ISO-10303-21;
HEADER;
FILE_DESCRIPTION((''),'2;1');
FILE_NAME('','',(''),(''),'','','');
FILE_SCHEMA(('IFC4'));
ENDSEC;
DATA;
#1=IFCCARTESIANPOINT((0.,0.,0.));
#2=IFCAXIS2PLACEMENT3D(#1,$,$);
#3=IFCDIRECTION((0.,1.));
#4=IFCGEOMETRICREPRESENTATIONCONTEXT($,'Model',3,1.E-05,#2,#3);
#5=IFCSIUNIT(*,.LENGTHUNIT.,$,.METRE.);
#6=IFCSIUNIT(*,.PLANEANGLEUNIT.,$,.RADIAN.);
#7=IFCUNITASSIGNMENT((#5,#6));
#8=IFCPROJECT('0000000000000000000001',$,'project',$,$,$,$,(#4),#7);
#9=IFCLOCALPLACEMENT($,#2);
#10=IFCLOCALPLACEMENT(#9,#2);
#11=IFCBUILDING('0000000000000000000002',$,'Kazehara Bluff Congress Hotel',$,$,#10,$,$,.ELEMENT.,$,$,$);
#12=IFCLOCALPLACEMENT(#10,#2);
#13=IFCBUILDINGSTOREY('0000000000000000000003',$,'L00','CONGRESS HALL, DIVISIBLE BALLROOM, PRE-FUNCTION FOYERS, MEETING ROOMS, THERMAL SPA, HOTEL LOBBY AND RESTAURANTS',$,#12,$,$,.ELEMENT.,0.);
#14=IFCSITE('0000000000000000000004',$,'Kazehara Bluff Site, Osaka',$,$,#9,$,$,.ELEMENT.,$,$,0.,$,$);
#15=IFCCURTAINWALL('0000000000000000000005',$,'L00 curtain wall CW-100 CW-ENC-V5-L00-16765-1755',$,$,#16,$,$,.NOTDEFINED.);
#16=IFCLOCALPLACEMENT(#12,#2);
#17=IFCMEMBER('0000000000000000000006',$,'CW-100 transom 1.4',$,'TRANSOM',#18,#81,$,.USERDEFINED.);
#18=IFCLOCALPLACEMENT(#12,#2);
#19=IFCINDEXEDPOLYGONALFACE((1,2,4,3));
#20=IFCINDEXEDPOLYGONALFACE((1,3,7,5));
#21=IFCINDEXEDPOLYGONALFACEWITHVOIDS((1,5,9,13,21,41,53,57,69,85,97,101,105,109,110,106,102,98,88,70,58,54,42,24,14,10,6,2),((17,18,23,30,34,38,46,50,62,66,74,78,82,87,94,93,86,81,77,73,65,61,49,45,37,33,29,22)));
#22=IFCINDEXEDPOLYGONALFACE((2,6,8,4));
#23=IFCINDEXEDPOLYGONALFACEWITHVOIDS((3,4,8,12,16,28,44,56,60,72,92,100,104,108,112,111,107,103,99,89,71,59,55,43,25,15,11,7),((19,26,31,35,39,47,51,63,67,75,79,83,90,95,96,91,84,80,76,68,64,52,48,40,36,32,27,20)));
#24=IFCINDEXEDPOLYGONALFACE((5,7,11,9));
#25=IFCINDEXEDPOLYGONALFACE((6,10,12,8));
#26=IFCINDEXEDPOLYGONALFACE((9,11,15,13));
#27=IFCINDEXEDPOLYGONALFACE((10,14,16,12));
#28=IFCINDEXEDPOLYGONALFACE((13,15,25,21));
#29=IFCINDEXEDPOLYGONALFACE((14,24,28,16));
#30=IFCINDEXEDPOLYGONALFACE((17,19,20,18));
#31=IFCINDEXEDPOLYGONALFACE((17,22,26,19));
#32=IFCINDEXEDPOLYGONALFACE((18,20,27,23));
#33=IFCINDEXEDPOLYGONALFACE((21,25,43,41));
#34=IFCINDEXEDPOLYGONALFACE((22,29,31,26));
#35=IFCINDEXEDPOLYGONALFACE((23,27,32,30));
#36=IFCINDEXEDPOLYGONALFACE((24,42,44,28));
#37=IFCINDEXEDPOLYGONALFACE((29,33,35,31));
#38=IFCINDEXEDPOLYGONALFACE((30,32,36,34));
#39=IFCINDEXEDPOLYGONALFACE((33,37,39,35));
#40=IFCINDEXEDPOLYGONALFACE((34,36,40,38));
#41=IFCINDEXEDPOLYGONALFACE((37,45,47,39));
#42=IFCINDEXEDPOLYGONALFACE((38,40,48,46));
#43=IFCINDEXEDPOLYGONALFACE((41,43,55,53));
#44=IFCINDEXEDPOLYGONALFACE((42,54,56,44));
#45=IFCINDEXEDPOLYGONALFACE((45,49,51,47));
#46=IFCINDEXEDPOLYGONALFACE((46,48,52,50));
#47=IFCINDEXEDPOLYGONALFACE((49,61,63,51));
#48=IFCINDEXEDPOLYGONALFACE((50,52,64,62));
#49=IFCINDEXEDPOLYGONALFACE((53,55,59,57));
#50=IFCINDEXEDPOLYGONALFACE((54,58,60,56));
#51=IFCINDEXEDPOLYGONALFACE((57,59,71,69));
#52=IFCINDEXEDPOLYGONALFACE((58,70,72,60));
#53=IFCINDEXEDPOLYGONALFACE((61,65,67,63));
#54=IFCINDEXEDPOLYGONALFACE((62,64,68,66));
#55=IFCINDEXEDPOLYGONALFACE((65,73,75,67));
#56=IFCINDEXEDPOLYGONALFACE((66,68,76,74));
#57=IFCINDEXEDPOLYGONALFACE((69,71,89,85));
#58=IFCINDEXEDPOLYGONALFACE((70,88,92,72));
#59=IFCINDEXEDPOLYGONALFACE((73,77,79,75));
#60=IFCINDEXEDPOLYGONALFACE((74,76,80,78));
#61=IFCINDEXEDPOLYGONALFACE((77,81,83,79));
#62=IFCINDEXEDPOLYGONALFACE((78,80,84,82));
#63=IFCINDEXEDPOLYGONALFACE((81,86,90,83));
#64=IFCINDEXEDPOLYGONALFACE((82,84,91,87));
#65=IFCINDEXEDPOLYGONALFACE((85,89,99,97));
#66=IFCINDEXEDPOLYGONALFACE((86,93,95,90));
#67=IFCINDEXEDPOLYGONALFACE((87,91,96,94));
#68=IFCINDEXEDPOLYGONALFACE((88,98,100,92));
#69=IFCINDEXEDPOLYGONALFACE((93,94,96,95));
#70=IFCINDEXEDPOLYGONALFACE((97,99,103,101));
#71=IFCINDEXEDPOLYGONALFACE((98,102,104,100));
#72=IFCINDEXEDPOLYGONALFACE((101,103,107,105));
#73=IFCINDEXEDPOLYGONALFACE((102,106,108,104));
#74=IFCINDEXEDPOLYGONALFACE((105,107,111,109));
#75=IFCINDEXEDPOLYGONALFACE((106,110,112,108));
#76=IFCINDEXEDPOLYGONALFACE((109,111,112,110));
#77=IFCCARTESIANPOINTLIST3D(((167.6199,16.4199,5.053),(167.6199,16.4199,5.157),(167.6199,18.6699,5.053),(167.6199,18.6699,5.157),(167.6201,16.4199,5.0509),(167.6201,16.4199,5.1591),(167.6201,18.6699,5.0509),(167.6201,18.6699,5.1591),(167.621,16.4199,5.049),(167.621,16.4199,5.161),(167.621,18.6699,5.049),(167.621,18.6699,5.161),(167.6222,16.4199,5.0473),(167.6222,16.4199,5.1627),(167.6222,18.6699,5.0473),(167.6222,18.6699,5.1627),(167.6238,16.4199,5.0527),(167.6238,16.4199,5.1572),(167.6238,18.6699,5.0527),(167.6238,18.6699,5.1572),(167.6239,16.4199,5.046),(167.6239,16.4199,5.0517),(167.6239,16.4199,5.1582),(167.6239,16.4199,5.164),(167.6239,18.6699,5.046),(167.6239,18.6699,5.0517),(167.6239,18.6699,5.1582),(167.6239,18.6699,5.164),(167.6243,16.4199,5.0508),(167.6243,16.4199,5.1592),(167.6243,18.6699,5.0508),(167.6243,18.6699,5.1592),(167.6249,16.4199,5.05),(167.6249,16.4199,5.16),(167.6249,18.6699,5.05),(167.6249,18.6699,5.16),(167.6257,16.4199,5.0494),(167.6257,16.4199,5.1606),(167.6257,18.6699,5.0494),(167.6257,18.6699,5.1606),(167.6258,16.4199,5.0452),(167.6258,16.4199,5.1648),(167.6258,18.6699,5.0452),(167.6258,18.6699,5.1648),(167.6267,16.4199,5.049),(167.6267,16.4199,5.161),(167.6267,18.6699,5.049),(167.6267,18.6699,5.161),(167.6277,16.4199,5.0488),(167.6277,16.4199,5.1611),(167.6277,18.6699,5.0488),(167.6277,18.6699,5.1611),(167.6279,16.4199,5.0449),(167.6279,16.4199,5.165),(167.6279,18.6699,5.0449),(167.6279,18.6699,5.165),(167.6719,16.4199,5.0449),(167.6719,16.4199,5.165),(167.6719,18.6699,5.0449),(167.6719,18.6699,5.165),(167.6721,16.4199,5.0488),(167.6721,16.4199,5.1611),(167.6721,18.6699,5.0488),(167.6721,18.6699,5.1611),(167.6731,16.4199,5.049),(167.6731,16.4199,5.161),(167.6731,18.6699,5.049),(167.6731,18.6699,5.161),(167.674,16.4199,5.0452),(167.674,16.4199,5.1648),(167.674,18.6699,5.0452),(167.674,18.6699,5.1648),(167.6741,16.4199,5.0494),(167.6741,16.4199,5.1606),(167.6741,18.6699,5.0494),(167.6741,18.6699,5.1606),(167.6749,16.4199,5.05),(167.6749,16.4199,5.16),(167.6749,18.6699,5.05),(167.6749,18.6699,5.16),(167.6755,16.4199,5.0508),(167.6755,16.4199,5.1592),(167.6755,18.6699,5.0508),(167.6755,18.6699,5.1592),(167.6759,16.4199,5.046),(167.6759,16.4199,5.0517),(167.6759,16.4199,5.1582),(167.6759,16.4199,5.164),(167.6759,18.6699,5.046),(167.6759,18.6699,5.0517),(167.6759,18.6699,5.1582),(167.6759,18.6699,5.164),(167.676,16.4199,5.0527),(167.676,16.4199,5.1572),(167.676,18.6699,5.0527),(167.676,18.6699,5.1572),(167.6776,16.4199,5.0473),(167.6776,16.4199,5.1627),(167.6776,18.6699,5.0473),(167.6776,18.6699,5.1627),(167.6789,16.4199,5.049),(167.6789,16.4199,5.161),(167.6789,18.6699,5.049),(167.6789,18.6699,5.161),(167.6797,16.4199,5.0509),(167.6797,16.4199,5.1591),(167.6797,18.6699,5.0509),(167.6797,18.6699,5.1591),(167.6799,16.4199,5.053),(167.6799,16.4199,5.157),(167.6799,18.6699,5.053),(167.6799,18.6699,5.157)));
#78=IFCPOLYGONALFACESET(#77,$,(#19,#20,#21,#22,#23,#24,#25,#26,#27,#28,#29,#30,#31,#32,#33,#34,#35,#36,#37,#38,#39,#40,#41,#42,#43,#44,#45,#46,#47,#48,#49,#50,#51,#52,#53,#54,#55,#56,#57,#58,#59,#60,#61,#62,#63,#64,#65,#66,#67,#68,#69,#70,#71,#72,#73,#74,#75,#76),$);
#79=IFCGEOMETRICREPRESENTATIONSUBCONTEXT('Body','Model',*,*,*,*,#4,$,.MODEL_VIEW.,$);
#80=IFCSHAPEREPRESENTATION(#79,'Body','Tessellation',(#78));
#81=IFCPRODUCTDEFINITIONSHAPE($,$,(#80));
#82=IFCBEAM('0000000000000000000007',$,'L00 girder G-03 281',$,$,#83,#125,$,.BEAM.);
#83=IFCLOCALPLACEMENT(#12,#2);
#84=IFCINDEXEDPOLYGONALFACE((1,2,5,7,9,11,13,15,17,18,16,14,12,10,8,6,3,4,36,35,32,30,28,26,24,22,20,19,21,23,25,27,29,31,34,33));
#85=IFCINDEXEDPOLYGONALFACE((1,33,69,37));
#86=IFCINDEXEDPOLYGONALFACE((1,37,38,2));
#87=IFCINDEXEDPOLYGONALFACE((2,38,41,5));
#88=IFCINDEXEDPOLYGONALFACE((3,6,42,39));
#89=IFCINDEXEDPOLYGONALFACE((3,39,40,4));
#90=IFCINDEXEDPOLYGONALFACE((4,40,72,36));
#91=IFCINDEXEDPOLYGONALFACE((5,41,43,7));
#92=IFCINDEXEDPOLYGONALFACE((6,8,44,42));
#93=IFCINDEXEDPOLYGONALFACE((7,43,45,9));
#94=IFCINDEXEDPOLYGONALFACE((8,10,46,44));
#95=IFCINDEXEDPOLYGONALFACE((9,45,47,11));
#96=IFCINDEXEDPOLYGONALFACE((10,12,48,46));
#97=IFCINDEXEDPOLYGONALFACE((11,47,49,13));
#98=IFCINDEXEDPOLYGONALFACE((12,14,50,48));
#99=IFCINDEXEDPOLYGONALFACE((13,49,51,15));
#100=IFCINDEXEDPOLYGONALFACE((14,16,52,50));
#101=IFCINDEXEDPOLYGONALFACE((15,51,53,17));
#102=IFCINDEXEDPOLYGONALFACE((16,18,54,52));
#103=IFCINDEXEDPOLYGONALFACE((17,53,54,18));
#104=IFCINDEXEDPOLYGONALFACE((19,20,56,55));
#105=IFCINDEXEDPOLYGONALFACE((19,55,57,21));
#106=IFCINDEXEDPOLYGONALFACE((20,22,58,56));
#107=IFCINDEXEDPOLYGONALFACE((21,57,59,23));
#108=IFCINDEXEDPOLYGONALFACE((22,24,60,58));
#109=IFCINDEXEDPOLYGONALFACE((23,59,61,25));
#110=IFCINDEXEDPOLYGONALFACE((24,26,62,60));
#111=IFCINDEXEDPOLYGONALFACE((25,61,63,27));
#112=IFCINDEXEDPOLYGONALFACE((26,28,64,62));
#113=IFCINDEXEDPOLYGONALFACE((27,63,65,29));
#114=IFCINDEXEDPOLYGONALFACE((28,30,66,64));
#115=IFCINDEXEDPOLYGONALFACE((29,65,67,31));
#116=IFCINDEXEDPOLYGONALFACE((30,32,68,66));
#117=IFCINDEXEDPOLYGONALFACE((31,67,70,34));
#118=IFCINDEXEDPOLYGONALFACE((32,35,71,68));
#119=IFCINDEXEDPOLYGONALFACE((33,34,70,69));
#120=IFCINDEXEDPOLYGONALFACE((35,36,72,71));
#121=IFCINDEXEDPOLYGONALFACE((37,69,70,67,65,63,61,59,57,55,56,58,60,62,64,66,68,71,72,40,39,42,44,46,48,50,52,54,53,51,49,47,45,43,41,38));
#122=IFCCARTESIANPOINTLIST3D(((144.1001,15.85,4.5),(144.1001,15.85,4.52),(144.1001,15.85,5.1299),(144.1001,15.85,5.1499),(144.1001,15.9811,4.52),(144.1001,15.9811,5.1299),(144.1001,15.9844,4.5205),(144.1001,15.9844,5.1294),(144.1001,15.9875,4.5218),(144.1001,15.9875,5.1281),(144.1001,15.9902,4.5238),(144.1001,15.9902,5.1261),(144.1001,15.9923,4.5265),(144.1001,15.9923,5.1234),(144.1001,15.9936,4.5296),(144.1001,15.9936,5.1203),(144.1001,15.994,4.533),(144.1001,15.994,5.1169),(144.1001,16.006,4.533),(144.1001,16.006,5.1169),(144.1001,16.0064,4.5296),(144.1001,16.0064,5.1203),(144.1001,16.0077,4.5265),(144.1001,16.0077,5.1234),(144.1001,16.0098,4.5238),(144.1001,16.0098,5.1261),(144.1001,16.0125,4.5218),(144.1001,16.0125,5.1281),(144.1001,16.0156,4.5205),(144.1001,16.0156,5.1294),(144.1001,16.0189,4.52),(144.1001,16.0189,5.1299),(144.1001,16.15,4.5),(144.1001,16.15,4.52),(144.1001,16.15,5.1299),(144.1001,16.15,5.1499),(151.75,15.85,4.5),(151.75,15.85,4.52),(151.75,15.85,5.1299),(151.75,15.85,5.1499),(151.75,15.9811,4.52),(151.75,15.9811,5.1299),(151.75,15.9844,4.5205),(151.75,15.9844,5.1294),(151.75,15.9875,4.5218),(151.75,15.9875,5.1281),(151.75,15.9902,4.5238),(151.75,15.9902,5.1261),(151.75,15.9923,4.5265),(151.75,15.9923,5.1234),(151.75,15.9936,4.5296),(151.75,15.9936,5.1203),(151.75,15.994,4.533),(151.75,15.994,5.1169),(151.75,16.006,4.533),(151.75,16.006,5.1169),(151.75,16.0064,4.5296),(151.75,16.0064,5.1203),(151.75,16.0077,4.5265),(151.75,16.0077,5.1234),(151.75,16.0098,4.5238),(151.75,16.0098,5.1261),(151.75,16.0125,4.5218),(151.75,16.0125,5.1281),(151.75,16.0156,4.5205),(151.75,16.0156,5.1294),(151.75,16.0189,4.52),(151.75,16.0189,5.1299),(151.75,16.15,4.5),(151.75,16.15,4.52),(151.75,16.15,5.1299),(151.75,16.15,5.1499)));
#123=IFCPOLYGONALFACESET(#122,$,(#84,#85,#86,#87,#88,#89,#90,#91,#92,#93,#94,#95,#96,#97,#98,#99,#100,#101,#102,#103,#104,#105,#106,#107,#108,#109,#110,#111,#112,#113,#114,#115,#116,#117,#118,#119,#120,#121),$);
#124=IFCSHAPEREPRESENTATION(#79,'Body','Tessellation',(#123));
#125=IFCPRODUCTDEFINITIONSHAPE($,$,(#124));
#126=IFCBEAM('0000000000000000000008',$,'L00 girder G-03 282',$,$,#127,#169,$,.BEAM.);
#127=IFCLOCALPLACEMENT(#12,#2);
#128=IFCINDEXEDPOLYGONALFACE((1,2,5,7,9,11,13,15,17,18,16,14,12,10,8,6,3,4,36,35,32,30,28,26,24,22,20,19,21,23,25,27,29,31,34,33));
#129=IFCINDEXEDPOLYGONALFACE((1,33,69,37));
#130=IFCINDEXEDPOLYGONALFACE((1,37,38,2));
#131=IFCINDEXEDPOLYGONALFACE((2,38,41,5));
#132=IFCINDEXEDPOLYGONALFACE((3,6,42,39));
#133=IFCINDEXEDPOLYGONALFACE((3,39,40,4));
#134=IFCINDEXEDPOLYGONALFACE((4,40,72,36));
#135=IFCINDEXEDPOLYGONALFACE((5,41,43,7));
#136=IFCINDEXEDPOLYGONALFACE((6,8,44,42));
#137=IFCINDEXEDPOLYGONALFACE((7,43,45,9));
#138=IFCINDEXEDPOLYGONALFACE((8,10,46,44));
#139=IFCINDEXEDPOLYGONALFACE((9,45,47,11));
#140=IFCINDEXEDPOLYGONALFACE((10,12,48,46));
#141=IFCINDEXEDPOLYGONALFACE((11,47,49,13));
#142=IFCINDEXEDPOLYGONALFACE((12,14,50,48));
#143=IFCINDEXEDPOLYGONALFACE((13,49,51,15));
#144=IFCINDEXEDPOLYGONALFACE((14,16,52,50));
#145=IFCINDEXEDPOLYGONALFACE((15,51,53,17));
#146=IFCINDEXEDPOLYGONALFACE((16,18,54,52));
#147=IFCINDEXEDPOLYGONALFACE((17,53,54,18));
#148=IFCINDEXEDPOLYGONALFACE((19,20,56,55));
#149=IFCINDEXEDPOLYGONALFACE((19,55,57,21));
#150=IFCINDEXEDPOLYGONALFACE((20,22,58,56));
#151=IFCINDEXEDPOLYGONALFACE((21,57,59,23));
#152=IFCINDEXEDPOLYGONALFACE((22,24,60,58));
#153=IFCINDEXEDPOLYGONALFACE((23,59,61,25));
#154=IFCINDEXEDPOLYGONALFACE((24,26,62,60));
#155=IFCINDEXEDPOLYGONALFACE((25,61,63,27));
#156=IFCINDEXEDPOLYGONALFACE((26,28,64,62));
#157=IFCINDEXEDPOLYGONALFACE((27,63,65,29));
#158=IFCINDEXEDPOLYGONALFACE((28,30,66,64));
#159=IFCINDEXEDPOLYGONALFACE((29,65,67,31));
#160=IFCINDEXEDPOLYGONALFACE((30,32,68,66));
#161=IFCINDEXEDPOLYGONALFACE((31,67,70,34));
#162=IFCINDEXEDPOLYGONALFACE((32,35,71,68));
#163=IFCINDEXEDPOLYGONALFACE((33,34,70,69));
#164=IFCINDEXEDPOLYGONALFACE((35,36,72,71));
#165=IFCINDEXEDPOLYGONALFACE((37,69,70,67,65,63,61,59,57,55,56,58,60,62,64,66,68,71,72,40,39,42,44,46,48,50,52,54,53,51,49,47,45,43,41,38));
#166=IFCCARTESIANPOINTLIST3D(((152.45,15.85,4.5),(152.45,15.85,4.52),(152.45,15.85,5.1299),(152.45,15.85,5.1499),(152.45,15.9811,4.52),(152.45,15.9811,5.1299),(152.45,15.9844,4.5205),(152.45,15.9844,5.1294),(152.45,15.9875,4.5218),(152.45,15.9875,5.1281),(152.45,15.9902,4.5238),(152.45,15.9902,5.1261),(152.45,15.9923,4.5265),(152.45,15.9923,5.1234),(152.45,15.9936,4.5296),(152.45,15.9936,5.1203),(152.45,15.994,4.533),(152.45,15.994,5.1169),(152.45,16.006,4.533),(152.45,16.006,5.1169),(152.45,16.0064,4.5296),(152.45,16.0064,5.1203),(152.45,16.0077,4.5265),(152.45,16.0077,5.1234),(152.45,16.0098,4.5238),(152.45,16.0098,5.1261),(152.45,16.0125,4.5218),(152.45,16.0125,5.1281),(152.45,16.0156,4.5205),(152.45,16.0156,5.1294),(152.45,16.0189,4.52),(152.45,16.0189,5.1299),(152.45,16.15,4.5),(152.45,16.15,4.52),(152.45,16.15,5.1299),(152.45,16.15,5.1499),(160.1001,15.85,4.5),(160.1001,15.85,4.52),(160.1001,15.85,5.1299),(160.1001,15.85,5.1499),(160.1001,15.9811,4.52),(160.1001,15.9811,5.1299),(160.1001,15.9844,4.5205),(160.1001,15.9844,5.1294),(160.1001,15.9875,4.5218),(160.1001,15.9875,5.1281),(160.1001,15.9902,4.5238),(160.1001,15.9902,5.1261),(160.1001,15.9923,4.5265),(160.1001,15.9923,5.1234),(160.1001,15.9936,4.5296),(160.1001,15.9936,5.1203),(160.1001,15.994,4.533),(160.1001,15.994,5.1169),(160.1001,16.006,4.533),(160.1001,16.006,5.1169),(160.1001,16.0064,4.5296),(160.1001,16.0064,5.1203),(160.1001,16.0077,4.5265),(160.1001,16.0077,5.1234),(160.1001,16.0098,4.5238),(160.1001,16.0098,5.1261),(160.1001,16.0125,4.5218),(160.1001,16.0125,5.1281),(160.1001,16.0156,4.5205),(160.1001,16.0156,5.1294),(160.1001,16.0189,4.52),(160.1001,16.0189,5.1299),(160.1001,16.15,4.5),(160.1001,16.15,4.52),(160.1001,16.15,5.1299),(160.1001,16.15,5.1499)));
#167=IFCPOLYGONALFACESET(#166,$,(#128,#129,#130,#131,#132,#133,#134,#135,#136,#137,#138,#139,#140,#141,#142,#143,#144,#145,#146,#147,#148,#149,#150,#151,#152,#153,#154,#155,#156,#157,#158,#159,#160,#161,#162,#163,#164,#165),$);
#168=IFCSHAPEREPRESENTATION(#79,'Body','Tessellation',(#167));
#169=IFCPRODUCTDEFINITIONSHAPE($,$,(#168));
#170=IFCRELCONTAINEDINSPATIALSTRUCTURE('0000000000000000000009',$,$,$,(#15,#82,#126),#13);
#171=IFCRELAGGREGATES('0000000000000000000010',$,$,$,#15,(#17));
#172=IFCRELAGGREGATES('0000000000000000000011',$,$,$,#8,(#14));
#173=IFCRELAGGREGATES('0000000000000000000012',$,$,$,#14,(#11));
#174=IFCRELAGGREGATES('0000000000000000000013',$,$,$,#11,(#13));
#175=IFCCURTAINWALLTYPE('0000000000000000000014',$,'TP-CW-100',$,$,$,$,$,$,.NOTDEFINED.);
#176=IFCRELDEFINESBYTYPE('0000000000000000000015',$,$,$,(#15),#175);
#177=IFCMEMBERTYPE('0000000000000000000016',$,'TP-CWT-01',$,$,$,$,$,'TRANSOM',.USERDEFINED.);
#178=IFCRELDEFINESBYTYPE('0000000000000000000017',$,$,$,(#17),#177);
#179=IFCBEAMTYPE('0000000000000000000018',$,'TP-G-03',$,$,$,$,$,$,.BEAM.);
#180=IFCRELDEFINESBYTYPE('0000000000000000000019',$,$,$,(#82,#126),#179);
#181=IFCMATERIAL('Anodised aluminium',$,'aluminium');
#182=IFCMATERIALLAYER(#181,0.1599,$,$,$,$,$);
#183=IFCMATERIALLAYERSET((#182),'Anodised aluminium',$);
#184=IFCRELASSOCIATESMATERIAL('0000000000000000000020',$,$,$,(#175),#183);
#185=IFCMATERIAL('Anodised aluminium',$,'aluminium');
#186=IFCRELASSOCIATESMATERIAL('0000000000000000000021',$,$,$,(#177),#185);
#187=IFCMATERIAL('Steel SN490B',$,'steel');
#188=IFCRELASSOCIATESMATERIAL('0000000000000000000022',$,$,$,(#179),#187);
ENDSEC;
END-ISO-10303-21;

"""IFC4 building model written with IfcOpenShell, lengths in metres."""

from ifc_helpers import new_model, si_unit, direction, frame, origin, origin_2d, place, context, subcontext, project, spatial, hollow_rectangle, i_section, extrude, material, layer, layer_set, material_profile, profile_set, type_object, element, aggregate, save


model = new_model("IFC4")

# Units and contexts
model_context = context("Model", 3, precision=1e-05, world=origin(), true_north=direction((0.0, 1.0)))
body_context = subcontext(model_context, "Body", "Model", "MODEL_VIEW")
ifc_project = project(units=[si_unit("LENGTHUNIT", "METRE"), si_unit("PLANEANGLEUNIT", "RADIAN")], contexts=[model_context])

# Site, building, storey
site_placement = place(None, origin())
site = spatial("IfcSite", under=ifc_project, at=site_placement, Name="Kazehara Bluff Site, Osaka", CompositionType="ELEMENT", RefElevation=0.0)
building_placement = place(site_placement, origin())
building = spatial("IfcBuilding", under=site, at=building_placement, Name="Kazehara Bluff Congress Hotel", CompositionType="ELEMENT")
storey_placement = place(building_placement, origin())
storey = spatial("IfcBuildingStorey", under=building, at=storey_placement, Name="L00", Description="CONGRESS HALL, DIVISIBLE BALLROOM, PRE-FUNCTION FOYERS, MEETING ROOMS, THERMAL SPA, HOTEL LOBBY AND RESTAURANTS", CompositionType="ELEMENT", Elevation=0.0)

# Curtain wall, member
ifc_material_1 = material(Name="Anodised aluminium", Category="aluminium")
ifc_layer_1 = layer(ifc_material_1, 0.1599)
ifc_layer_set_1 = layer_set([ifc_layer_1], Name="Anodised aluminium")
curtain_wall_type = type_object("IfcCurtainWallType", Name="TP-CW-100", PredefinedType="NOTDEFINED", material=ifc_layer_set_1)
curtain_wall_placement = place(storey_placement, origin())
curtain_wall = element("IfcCurtainWall", 1, at=curtain_wall_placement, inside=storey, type_object=curtain_wall_type, Name="L00 curtain wall CW-100 CW-ENC-V5-L00-16765-1755", PredefinedType="NOTDEFINED")
ifc_material_2 = material(Name="Anodised aluminium", Category="aluminium")
ifc_material_profile_1 = material_profile(ifc_material_2, hollow_rectangle(XDim=0.0601, YDim=0.1201, WallThickness=0.0039, InnerFilletRadius=0.0039, OuterFilletRadius=0.0081, at=origin_2d()))
ifc_profile_set_1 = profile_set([ifc_material_profile_1], Name="Anodised aluminium")
member_type_1 = type_object("IfcMemberType", Name="TP-CWT-01", ElementType="TRANSOM", PredefinedType="USERDEFINED", material=ifc_profile_set_1)
member_1_placement = place(storey_placement, frame((167.6499, 18.6699, 5.105), z_axis=(0.0, -1.0, 0.0), x_axis=(1.0, 0.0, 0.0)))
member_1 = element("IfcMember", 2, at=member_1_placement, type_object=member_type_1, Name="CW-100 transom 1.4", ObjectType="TRANSOM", PredefinedType="USERDEFINED", context=body_context, shape_type="SweptSolid", body=[
    extrude(hollow_rectangle(XDim=0.0601, YDim=0.1201, WallThickness=0.0039, InnerFilletRadius=0.0039, OuterFilletRadius=0.0081, at=origin_2d()), origin(), (0.0, 0.0, 1.0), 2.25),
])

# Beams
ifc_material_3 = material(Name="Steel SN490B", Category="steel")
ifc_material_profile_2 = material_profile(ifc_material_3, i_section(OverallWidth=0.3, OverallDepth=0.6499, WebThickness=0.012, FlangeThickness=0.02, FilletRadius=0.0129, at=origin_2d()))
ifc_profile_set_2 = profile_set([ifc_material_profile_2], Name="Steel SN490B")
beam_type_1 = type_object("IfcBeamType", Name="TP-G-03", PredefinedType="BEAM", material=ifc_profile_set_2)
beam_1_placement = place(storey_placement, frame((144.1001, 16.0, 4.825), z_axis=(1.0, 0.0, 0.0), x_axis=(0.0, 1.0, 0.0)))
element("IfcBeam", 3, at=beam_1_placement, inside=storey, type_object=beam_type_1, Name="L00 girder G-03 281", PredefinedType="BEAM", context=body_context, shape_type="SweptSolid", body=[
    extrude(i_section(OverallWidth=0.3, OverallDepth=0.6499, WebThickness=0.012, FlangeThickness=0.02, FilletRadius=0.0129, at=origin_2d()), origin(), (0.0, 0.0, 1.0), 7.6499),
])
beam_2_placement = place(storey_placement, frame((152.45, 16.0, 4.825), z_axis=(1.0, 0.0, 0.0), x_axis=(0.0, 1.0, 0.0)))
element("IfcBeam", 4, at=beam_2_placement, inside=storey, type_object=beam_type_1, Name="L00 girder G-03 282", PredefinedType="BEAM", context=body_context, shape_type="SweptSolid", body=[
    extrude(i_section(OverallWidth=0.3, OverallDepth=0.6499, WebThickness=0.012, FlangeThickness=0.02, FilletRadius=0.0129, at=origin_2d()), origin(), (0.0, 0.0, 1.0), 7.6501),
])

aggregate(curtain_wall, [member_1])

save(model, "model.ifc")
